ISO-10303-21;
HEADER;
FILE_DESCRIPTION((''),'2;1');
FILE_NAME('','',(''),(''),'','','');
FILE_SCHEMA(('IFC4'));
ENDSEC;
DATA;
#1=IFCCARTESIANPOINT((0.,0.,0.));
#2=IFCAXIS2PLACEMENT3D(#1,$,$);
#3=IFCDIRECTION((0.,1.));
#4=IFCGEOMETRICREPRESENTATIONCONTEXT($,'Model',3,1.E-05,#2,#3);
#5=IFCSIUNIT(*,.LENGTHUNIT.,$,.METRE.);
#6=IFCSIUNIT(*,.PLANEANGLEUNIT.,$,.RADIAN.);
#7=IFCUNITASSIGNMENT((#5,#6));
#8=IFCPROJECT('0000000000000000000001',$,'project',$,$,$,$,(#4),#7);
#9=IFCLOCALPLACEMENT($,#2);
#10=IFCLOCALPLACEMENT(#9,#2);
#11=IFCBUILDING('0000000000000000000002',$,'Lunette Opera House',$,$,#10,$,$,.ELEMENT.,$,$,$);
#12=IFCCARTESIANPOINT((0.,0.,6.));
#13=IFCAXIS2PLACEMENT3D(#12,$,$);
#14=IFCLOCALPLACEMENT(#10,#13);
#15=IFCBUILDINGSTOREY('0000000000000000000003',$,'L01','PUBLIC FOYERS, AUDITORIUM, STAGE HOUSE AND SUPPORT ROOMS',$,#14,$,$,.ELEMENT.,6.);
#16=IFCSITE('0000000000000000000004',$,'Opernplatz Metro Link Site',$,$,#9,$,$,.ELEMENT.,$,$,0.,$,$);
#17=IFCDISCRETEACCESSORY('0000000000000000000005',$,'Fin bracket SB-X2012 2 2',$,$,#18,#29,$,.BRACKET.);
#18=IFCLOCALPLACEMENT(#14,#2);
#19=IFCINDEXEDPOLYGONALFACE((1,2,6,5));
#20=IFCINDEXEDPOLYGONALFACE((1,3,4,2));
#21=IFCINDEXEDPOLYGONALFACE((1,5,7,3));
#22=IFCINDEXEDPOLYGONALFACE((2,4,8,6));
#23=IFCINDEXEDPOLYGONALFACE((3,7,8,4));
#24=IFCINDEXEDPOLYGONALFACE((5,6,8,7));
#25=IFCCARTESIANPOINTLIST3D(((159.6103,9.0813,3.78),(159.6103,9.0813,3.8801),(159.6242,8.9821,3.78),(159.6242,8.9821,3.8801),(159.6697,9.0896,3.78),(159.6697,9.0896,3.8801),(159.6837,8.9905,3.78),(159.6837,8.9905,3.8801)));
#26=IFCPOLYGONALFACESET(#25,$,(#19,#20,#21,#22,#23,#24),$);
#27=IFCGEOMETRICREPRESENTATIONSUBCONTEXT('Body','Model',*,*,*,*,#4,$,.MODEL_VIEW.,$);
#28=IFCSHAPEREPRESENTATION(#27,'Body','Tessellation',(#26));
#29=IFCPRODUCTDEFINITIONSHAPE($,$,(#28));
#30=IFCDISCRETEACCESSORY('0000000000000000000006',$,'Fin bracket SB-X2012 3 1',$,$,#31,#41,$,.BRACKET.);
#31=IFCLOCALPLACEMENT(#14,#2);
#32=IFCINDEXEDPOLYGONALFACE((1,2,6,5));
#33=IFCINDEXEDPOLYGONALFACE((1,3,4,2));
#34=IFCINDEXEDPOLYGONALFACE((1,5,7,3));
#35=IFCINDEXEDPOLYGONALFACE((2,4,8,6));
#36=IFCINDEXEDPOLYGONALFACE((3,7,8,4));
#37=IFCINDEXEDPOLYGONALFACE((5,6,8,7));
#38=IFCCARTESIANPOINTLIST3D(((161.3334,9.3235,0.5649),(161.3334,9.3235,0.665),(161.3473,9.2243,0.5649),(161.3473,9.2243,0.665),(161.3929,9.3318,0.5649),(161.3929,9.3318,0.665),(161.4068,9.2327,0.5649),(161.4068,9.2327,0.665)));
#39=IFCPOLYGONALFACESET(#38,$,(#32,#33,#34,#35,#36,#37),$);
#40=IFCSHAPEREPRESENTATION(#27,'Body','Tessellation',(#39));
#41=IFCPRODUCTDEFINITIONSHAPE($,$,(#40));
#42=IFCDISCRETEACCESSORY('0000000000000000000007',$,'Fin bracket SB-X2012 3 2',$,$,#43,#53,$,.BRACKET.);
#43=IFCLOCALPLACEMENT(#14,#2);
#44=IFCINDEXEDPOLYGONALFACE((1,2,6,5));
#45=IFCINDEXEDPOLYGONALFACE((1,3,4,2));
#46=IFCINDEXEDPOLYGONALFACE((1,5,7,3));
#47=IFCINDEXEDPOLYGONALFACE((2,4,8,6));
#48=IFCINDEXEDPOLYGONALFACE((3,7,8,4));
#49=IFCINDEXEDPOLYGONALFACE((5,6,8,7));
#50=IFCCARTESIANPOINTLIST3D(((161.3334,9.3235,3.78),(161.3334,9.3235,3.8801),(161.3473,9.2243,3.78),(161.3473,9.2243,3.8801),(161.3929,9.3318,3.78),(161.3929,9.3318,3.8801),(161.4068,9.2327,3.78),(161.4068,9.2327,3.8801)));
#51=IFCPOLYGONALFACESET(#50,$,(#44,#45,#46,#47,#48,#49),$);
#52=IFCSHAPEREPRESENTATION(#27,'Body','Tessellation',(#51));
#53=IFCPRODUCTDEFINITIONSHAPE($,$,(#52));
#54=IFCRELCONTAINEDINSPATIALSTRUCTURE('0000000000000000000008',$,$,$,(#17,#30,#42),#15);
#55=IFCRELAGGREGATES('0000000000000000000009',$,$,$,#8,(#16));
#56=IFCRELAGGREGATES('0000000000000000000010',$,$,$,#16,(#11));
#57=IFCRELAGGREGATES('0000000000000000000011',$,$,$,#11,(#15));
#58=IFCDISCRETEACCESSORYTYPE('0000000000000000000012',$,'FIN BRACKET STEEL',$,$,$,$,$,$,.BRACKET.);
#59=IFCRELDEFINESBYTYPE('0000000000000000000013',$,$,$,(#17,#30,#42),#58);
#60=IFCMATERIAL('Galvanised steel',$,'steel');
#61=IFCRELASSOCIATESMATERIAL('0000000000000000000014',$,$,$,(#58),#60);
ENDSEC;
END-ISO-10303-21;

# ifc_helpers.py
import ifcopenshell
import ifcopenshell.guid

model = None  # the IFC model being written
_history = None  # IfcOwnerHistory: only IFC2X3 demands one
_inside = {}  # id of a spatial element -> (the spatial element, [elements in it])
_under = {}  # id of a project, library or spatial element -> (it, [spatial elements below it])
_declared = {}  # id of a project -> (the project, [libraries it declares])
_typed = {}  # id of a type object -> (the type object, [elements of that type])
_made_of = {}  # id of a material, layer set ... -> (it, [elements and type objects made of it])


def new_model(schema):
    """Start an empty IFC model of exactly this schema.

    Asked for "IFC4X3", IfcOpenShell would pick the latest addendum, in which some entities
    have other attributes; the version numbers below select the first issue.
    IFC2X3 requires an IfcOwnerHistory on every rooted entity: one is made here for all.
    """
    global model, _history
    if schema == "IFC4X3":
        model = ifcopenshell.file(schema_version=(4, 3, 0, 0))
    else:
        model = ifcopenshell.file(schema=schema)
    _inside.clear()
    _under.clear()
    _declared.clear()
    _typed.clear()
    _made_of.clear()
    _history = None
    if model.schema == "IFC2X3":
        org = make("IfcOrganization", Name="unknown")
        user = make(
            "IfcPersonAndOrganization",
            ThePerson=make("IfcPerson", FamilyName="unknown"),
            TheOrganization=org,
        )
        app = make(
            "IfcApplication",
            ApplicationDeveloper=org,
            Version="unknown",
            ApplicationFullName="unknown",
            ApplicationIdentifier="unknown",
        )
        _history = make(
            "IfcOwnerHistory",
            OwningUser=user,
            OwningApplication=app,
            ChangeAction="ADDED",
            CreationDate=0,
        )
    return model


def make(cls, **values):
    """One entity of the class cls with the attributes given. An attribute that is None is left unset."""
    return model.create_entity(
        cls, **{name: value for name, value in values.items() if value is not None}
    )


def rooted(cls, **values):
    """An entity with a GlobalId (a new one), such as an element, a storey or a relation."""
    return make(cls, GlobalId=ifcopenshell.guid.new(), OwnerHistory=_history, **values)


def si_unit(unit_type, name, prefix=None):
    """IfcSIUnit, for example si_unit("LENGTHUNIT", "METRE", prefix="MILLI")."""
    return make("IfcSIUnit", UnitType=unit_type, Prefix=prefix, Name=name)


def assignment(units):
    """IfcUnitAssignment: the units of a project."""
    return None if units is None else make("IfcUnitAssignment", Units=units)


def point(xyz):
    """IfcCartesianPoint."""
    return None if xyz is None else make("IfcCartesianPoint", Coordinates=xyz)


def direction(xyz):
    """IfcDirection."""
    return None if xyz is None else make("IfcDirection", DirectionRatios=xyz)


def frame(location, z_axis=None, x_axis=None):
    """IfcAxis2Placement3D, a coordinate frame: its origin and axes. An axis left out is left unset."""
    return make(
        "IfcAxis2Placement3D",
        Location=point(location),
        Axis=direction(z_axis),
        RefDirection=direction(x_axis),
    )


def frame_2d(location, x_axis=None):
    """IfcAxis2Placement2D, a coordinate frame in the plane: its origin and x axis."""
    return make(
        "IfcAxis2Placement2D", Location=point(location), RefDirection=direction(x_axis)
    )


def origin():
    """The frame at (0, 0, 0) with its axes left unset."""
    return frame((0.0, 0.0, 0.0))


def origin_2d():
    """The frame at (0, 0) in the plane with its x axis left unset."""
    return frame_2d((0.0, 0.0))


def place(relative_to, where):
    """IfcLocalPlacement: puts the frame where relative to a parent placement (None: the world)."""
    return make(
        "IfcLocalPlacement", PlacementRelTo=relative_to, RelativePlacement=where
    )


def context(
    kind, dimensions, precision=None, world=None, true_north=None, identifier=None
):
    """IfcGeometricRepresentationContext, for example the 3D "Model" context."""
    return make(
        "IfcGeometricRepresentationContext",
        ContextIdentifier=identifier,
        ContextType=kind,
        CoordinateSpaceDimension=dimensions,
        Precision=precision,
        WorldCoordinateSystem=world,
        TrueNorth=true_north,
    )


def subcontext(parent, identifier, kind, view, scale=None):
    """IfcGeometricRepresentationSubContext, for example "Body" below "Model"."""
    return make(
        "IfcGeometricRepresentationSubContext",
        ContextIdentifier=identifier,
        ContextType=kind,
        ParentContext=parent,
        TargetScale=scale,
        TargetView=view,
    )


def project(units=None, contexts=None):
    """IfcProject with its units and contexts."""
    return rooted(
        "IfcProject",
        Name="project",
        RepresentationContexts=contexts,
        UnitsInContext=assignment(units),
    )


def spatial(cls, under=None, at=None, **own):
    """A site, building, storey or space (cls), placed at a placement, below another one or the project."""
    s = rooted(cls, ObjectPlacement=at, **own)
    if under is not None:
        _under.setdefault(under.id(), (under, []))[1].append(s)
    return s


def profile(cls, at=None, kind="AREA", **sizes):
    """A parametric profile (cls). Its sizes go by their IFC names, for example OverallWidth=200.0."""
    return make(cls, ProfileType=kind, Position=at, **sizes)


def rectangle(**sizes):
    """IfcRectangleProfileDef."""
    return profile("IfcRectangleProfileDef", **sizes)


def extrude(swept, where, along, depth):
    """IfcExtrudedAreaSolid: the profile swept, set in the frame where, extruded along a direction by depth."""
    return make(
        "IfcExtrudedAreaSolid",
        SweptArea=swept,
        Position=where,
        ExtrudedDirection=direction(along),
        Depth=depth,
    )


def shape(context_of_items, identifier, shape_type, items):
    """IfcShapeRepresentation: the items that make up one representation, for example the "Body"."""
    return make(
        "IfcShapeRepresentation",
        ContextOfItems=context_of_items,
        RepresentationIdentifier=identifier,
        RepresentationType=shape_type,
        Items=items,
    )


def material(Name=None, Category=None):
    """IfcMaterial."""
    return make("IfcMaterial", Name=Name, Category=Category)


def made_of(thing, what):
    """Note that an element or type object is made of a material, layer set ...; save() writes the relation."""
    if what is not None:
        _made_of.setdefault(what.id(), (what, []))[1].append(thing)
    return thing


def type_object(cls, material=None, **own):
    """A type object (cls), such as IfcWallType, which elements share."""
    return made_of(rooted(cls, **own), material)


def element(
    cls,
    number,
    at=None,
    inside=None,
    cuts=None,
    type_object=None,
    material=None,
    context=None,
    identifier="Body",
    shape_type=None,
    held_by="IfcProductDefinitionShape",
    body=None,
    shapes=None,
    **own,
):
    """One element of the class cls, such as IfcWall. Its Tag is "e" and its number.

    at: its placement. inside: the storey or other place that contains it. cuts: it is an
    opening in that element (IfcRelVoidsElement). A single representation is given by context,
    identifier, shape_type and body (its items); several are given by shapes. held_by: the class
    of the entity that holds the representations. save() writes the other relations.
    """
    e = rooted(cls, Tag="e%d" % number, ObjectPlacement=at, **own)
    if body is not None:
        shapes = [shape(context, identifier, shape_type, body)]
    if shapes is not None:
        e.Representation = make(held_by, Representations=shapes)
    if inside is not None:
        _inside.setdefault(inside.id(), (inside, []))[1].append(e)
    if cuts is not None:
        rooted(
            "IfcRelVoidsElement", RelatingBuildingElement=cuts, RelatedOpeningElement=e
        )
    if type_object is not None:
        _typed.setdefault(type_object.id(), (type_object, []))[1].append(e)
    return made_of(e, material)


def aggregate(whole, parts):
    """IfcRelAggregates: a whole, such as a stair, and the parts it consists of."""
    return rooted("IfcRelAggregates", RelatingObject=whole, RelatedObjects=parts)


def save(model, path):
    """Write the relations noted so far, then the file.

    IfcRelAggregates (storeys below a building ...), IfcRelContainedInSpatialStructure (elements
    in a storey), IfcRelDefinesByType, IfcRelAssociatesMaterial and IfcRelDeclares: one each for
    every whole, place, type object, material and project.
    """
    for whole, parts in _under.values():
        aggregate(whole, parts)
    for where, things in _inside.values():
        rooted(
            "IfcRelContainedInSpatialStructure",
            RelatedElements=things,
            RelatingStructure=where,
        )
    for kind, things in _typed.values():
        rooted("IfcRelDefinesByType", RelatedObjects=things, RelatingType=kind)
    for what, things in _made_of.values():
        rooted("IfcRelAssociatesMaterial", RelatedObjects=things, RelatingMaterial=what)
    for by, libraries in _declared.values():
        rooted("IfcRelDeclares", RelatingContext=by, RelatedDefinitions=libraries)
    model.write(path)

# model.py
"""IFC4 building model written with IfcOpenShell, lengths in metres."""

from ifc_helpers import new_model, si_unit, direction, frame, origin, origin_2d, place, context, subcontext, project, spatial, rectangle, extrude, material, type_object, element, save


model = new_model("IFC4")

# Units and contexts
model_context = context("Model", 3, precision=1e-05, world=origin(), true_north=direction((0.0, 1.0)))
body_context = subcontext(model_context, "Body", "Model", "MODEL_VIEW")
ifc_project = project(units=[si_unit("LENGTHUNIT", "METRE"), si_unit("PLANEANGLEUNIT", "RADIAN")], contexts=[model_context])

# Site, building, storey
site_placement = place(None, origin())
site = spatial("IfcSite", under=ifc_project, at=site_placement, Name="Opernplatz Metro Link Site", CompositionType="ELEMENT", RefElevation=0.0)
building_placement = place(site_placement, origin())
building = spatial("IfcBuilding", under=site, at=building_placement, Name="Lunette Opera House", CompositionType="ELEMENT")
storey_placement = place(building_placement, frame((0.0, 0.0, 6.0)))
storey = spatial("IfcBuildingStorey", under=building, at=storey_placement, Name="L01", Description="PUBLIC FOYERS, AUDITORIUM, STAGE HOUSE AND SUPPORT ROOMS", CompositionType="ELEMENT", Elevation=6.0)

# Discrete accessories
ifc_material_1 = material(Name="Galvanised steel", Category="steel")
discrete_accessory_type = type_object("IfcDiscreteAccessoryType", Name="FIN BRACKET STEEL", PredefinedType="BRACKET", material=ifc_material_1)
for number, where, z_axis, x_axis, name in (
    (1, (159.647, 9.0359, 3.78), (0.0, 0.0, 1.0), (0.139209, -0.990263, 0.0), "Fin bracket SB-X2012 2 2"),
    (2, (161.3701, 9.2781, 0.5649), (0.0, 0.0, 1.0), (0.139209, -0.990263, 0.0), "Fin bracket SB-X2012 3 1"),
    (3, (161.3701, 9.2781, 3.78), (0.0, 0.0, 1.0), (0.139209, -0.990263, 0.0), "Fin bracket SB-X2012 3 2"),
):
    element("IfcDiscreteAccessory", number, at=place(storey_placement, frame(where, z_axis=z_axis, x_axis=x_axis)), inside=storey, type_object=discrete_accessory_type, Name=name, PredefinedType="BRACKET", context=body_context, shape_type="SweptSolid", body=[
        extrude(rectangle(XDim=0.1001, YDim=0.0601, at=origin_2d()), origin(), (0.0, 0.0, 1.0), 0.1001),
    ])

save(model, "model.ifc")
